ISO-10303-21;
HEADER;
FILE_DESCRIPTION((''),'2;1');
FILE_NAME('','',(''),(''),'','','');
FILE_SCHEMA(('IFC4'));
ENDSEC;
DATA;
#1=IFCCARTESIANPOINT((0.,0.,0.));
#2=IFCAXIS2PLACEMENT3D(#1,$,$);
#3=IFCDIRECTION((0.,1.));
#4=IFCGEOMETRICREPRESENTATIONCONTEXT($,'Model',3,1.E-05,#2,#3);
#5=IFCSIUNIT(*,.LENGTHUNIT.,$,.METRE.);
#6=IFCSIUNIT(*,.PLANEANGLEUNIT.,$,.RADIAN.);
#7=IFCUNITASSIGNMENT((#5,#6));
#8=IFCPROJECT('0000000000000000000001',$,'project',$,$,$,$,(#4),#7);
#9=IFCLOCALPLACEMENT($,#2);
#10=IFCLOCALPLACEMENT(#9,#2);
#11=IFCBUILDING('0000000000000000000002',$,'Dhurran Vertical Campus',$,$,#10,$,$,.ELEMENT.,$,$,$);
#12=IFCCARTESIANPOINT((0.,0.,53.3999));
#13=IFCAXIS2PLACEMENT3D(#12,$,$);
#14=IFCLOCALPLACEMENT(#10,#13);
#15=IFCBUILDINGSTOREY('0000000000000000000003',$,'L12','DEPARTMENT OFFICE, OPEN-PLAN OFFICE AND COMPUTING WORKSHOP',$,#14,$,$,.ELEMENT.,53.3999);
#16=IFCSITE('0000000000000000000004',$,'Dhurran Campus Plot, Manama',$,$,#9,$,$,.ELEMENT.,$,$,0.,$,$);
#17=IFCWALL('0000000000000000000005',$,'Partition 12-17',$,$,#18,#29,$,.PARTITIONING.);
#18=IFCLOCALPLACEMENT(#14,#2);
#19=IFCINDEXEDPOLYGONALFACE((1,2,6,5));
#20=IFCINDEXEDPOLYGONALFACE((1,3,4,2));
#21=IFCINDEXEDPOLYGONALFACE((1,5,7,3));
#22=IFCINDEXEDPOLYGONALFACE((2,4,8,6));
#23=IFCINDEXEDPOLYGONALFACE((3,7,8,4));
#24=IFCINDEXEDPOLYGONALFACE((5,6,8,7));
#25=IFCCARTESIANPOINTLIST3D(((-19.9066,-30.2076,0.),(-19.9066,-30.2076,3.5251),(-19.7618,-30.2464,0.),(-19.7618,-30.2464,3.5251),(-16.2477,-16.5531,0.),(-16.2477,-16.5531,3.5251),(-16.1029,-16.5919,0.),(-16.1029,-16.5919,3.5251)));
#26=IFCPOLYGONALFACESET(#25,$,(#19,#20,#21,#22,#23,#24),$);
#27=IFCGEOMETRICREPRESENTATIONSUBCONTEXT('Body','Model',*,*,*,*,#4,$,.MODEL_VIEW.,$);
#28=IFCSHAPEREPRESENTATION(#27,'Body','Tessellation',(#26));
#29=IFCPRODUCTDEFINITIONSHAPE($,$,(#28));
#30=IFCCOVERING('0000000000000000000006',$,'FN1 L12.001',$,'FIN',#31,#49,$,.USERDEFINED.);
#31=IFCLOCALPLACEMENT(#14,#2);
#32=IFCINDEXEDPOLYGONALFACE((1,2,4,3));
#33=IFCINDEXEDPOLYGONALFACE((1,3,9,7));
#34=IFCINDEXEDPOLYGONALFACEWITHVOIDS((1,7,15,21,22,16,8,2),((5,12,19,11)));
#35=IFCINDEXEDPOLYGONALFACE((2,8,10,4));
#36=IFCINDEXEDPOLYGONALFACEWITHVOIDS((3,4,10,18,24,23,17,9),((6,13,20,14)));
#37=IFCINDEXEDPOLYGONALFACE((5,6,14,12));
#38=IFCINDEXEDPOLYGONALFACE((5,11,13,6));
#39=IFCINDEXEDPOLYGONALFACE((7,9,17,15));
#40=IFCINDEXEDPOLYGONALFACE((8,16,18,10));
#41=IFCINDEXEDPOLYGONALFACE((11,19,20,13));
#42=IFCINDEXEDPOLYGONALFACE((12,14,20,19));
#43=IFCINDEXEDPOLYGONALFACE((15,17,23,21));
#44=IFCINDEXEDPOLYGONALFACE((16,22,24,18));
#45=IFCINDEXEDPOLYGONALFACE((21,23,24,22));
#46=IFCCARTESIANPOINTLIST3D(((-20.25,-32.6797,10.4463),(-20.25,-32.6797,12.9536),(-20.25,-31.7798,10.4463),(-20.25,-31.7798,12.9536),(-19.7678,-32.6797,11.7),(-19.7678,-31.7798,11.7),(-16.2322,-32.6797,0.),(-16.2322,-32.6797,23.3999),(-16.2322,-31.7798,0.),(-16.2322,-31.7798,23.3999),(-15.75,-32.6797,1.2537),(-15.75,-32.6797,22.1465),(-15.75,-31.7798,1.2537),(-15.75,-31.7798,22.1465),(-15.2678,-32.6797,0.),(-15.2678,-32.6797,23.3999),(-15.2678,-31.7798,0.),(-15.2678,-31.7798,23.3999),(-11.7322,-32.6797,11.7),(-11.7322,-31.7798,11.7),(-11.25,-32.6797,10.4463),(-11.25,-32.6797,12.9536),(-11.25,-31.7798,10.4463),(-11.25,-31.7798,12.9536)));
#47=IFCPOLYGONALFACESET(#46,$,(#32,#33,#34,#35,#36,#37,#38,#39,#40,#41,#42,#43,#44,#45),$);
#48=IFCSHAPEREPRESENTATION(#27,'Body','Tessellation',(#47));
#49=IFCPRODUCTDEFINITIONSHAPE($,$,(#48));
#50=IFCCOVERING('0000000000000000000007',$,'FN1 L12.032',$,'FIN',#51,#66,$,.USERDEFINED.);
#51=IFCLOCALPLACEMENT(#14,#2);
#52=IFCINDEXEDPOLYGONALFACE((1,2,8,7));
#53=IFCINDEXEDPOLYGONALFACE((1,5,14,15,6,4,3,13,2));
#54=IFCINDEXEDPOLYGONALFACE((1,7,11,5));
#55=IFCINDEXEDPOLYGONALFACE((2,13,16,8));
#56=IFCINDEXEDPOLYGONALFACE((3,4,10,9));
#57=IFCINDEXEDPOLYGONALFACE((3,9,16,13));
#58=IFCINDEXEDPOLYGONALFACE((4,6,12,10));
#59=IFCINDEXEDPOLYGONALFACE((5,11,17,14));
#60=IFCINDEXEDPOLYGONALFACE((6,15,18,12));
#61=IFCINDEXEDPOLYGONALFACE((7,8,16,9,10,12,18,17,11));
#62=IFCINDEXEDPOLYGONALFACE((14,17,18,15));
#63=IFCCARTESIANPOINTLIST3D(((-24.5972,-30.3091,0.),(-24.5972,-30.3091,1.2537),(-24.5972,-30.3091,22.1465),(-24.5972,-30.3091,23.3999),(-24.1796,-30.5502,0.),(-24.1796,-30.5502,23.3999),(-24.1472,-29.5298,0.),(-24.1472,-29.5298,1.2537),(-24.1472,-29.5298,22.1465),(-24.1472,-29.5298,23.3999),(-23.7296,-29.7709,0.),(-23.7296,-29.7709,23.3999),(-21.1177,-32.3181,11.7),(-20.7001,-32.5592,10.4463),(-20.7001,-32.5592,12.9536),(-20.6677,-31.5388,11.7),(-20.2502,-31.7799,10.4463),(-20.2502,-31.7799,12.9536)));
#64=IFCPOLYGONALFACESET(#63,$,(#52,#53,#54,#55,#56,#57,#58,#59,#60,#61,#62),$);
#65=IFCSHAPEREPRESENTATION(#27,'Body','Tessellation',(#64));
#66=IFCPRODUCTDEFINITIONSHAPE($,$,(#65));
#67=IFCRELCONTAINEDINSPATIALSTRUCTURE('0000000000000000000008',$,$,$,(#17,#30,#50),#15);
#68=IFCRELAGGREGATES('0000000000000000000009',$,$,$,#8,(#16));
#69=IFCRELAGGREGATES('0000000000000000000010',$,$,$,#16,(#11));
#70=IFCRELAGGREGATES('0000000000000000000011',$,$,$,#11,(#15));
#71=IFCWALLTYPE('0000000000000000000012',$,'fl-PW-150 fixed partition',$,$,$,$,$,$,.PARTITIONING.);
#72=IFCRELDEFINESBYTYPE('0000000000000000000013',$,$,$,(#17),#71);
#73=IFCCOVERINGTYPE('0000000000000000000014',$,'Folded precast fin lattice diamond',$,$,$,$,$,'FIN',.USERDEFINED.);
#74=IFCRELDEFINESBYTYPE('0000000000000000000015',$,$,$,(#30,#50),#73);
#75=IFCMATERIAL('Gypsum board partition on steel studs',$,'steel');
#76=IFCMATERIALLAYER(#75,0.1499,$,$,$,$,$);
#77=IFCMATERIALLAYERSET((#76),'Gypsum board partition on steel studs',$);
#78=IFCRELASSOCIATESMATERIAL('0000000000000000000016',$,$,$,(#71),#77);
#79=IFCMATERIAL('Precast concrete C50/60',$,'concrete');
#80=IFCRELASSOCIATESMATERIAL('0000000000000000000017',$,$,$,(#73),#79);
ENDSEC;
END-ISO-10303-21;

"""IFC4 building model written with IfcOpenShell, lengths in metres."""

from ifc_helpers import new_model, si_unit, direction, frame, frame_2d, origin, place, context, subcontext, project, spatial, polyline, rectangle, outline, extrude, material, layer, layer_set, type_object, element, save


model = new_model("IFC4")

# Units and contexts
model_context = context("Model", 3, precision=1e-05, world=origin(), true_north=direction((0.0, 1.0)))
body_context = subcontext(model_context, "Body", "Model", "MODEL_VIEW")
ifc_project = project(units=[si_unit("LENGTHUNIT", "METRE"), si_unit("PLANEANGLEUNIT", "RADIAN")], contexts=[model_context])

# Site, building, storey
site_placement = place(None, origin())
site = spatial("IfcSite", under=ifc_project, at=site_placement, Name="Dhurran Campus Plot, Manama", CompositionType="ELEMENT", RefElevation=0.0)
building_placement = place(site_placement, origin())
building = spatial("IfcBuilding", under=site, at=building_placement, Name="Dhurran Vertical Campus", CompositionType="ELEMENT")
storey_placement = place(building_placement, frame((0.0, 0.0, 53.3999)))
storey = spatial("IfcBuildingStorey", under=building, at=storey_placement, Name="L12", Description="DEPARTMENT OFFICE, OPEN-PLAN OFFICE AND COMPUTING WORKSHOP", CompositionType="ELEMENT", Elevation=53.3999)

# Wall
ifc_material_1 = material(Name="Gypsum board partition on steel studs", Category="steel")
ifc_layer_1 = layer(ifc_material_1, 0.1499)
ifc_layer_set_1 = layer_set([ifc_layer_1], Name="Gypsum board partition on steel studs")
wall_type_1 = type_object("IfcWallType", Name="fl-PW-150 fixed partition", PredefinedType="PARTITIONING", material=ifc_layer_set_1)
wall_1_placement = place(storey_placement, frame((-16.1753, -16.5725, 0.0), z_axis=(0.0, 0.0, 1.0), x_axis=(-0.258833, -0.965922, 0.0)))
element("IfcWall", 1, at=wall_1_placement, inside=storey, type_object=wall_type_1, Name="Partition 12-17", PredefinedType="PARTITIONING", context=body_context, shape_type="SweptSolid", body=[
    extrude(rectangle(XDim=14.1362, YDim=0.1499, at=frame_2d((7.0681, 0.0))), origin(), (0.0, 0.0, 1.0), 3.5251),
])

# Coverings
ifc_material_2 = material(Name="Precast concrete C50/60", Category="concrete")
covering_type = type_object("IfcCoveringType", Name="Folded precast fin lattice diamond", ElementType="FIN", PredefinedType="USERDEFINED", material=ifc_material_2)
for number, where, z_axis, x_axis, name in (
    (2, (-20.25, -31.7798, 0.0), (0.0, -1.0, 0.0), (1.0, 0.0, 0.0), "FN1 L12.001"),
):
    element("IfcCovering", number, at=place(storey_placement, frame(where, z_axis=z_axis, x_axis=x_axis)), inside=storey, type_object=covering_type, Name=name, ObjectType="FIN", PredefinedType="USERDEFINED", context=body_context, shape_type="SweptSolid", body=[
        extrude(outline(polyline([(9.0, 12.9536), (9.0, 10.4463), (4.9822, 0.0), (4.0178, 0.0), (0.0, 10.4463), (0.0, 12.9536), (4.0178, 23.3999), (4.9822, 23.3999), (9.0, 12.9536)]), holes=[polyline([(8.5178, 11.7), (4.5, 22.1465), (0.4822, 11.7), (4.5, 1.2537), (8.5178, 11.7)])]), origin(), (0.0, 0.0, 1.0), 0.8999),
    ])
covering_1_placement = place(storey_placement, frame((-24.1472, -29.5298, 0.0), z_axis=(-0.50002, -0.866014, 0.0), x_axis=(0.866014, -0.50002, 0.0)))
element("IfcCovering", 3, at=covering_1_placement, inside=storey, type_object=covering_type, Name="FN1 L12.032", ObjectType="FIN", PredefinedType="USERDEFINED", context=body_context, shape_type="SweptSolid", body=[
    extrude(outline(polyline([(4.5, 10.4463), (0.4822, 0.0), (0.0, 0.0), (0.0, 1.2537), (4.0178, 11.7), (0.0, 22.1465), (0.0, 23.3999), (0.4822, 23.3999), (4.5, 12.9536), (4.5, 10.4463)])), origin(), (0.0, 0.0, 1.0), 0.8999),
])

save(model, "model.ifc")
